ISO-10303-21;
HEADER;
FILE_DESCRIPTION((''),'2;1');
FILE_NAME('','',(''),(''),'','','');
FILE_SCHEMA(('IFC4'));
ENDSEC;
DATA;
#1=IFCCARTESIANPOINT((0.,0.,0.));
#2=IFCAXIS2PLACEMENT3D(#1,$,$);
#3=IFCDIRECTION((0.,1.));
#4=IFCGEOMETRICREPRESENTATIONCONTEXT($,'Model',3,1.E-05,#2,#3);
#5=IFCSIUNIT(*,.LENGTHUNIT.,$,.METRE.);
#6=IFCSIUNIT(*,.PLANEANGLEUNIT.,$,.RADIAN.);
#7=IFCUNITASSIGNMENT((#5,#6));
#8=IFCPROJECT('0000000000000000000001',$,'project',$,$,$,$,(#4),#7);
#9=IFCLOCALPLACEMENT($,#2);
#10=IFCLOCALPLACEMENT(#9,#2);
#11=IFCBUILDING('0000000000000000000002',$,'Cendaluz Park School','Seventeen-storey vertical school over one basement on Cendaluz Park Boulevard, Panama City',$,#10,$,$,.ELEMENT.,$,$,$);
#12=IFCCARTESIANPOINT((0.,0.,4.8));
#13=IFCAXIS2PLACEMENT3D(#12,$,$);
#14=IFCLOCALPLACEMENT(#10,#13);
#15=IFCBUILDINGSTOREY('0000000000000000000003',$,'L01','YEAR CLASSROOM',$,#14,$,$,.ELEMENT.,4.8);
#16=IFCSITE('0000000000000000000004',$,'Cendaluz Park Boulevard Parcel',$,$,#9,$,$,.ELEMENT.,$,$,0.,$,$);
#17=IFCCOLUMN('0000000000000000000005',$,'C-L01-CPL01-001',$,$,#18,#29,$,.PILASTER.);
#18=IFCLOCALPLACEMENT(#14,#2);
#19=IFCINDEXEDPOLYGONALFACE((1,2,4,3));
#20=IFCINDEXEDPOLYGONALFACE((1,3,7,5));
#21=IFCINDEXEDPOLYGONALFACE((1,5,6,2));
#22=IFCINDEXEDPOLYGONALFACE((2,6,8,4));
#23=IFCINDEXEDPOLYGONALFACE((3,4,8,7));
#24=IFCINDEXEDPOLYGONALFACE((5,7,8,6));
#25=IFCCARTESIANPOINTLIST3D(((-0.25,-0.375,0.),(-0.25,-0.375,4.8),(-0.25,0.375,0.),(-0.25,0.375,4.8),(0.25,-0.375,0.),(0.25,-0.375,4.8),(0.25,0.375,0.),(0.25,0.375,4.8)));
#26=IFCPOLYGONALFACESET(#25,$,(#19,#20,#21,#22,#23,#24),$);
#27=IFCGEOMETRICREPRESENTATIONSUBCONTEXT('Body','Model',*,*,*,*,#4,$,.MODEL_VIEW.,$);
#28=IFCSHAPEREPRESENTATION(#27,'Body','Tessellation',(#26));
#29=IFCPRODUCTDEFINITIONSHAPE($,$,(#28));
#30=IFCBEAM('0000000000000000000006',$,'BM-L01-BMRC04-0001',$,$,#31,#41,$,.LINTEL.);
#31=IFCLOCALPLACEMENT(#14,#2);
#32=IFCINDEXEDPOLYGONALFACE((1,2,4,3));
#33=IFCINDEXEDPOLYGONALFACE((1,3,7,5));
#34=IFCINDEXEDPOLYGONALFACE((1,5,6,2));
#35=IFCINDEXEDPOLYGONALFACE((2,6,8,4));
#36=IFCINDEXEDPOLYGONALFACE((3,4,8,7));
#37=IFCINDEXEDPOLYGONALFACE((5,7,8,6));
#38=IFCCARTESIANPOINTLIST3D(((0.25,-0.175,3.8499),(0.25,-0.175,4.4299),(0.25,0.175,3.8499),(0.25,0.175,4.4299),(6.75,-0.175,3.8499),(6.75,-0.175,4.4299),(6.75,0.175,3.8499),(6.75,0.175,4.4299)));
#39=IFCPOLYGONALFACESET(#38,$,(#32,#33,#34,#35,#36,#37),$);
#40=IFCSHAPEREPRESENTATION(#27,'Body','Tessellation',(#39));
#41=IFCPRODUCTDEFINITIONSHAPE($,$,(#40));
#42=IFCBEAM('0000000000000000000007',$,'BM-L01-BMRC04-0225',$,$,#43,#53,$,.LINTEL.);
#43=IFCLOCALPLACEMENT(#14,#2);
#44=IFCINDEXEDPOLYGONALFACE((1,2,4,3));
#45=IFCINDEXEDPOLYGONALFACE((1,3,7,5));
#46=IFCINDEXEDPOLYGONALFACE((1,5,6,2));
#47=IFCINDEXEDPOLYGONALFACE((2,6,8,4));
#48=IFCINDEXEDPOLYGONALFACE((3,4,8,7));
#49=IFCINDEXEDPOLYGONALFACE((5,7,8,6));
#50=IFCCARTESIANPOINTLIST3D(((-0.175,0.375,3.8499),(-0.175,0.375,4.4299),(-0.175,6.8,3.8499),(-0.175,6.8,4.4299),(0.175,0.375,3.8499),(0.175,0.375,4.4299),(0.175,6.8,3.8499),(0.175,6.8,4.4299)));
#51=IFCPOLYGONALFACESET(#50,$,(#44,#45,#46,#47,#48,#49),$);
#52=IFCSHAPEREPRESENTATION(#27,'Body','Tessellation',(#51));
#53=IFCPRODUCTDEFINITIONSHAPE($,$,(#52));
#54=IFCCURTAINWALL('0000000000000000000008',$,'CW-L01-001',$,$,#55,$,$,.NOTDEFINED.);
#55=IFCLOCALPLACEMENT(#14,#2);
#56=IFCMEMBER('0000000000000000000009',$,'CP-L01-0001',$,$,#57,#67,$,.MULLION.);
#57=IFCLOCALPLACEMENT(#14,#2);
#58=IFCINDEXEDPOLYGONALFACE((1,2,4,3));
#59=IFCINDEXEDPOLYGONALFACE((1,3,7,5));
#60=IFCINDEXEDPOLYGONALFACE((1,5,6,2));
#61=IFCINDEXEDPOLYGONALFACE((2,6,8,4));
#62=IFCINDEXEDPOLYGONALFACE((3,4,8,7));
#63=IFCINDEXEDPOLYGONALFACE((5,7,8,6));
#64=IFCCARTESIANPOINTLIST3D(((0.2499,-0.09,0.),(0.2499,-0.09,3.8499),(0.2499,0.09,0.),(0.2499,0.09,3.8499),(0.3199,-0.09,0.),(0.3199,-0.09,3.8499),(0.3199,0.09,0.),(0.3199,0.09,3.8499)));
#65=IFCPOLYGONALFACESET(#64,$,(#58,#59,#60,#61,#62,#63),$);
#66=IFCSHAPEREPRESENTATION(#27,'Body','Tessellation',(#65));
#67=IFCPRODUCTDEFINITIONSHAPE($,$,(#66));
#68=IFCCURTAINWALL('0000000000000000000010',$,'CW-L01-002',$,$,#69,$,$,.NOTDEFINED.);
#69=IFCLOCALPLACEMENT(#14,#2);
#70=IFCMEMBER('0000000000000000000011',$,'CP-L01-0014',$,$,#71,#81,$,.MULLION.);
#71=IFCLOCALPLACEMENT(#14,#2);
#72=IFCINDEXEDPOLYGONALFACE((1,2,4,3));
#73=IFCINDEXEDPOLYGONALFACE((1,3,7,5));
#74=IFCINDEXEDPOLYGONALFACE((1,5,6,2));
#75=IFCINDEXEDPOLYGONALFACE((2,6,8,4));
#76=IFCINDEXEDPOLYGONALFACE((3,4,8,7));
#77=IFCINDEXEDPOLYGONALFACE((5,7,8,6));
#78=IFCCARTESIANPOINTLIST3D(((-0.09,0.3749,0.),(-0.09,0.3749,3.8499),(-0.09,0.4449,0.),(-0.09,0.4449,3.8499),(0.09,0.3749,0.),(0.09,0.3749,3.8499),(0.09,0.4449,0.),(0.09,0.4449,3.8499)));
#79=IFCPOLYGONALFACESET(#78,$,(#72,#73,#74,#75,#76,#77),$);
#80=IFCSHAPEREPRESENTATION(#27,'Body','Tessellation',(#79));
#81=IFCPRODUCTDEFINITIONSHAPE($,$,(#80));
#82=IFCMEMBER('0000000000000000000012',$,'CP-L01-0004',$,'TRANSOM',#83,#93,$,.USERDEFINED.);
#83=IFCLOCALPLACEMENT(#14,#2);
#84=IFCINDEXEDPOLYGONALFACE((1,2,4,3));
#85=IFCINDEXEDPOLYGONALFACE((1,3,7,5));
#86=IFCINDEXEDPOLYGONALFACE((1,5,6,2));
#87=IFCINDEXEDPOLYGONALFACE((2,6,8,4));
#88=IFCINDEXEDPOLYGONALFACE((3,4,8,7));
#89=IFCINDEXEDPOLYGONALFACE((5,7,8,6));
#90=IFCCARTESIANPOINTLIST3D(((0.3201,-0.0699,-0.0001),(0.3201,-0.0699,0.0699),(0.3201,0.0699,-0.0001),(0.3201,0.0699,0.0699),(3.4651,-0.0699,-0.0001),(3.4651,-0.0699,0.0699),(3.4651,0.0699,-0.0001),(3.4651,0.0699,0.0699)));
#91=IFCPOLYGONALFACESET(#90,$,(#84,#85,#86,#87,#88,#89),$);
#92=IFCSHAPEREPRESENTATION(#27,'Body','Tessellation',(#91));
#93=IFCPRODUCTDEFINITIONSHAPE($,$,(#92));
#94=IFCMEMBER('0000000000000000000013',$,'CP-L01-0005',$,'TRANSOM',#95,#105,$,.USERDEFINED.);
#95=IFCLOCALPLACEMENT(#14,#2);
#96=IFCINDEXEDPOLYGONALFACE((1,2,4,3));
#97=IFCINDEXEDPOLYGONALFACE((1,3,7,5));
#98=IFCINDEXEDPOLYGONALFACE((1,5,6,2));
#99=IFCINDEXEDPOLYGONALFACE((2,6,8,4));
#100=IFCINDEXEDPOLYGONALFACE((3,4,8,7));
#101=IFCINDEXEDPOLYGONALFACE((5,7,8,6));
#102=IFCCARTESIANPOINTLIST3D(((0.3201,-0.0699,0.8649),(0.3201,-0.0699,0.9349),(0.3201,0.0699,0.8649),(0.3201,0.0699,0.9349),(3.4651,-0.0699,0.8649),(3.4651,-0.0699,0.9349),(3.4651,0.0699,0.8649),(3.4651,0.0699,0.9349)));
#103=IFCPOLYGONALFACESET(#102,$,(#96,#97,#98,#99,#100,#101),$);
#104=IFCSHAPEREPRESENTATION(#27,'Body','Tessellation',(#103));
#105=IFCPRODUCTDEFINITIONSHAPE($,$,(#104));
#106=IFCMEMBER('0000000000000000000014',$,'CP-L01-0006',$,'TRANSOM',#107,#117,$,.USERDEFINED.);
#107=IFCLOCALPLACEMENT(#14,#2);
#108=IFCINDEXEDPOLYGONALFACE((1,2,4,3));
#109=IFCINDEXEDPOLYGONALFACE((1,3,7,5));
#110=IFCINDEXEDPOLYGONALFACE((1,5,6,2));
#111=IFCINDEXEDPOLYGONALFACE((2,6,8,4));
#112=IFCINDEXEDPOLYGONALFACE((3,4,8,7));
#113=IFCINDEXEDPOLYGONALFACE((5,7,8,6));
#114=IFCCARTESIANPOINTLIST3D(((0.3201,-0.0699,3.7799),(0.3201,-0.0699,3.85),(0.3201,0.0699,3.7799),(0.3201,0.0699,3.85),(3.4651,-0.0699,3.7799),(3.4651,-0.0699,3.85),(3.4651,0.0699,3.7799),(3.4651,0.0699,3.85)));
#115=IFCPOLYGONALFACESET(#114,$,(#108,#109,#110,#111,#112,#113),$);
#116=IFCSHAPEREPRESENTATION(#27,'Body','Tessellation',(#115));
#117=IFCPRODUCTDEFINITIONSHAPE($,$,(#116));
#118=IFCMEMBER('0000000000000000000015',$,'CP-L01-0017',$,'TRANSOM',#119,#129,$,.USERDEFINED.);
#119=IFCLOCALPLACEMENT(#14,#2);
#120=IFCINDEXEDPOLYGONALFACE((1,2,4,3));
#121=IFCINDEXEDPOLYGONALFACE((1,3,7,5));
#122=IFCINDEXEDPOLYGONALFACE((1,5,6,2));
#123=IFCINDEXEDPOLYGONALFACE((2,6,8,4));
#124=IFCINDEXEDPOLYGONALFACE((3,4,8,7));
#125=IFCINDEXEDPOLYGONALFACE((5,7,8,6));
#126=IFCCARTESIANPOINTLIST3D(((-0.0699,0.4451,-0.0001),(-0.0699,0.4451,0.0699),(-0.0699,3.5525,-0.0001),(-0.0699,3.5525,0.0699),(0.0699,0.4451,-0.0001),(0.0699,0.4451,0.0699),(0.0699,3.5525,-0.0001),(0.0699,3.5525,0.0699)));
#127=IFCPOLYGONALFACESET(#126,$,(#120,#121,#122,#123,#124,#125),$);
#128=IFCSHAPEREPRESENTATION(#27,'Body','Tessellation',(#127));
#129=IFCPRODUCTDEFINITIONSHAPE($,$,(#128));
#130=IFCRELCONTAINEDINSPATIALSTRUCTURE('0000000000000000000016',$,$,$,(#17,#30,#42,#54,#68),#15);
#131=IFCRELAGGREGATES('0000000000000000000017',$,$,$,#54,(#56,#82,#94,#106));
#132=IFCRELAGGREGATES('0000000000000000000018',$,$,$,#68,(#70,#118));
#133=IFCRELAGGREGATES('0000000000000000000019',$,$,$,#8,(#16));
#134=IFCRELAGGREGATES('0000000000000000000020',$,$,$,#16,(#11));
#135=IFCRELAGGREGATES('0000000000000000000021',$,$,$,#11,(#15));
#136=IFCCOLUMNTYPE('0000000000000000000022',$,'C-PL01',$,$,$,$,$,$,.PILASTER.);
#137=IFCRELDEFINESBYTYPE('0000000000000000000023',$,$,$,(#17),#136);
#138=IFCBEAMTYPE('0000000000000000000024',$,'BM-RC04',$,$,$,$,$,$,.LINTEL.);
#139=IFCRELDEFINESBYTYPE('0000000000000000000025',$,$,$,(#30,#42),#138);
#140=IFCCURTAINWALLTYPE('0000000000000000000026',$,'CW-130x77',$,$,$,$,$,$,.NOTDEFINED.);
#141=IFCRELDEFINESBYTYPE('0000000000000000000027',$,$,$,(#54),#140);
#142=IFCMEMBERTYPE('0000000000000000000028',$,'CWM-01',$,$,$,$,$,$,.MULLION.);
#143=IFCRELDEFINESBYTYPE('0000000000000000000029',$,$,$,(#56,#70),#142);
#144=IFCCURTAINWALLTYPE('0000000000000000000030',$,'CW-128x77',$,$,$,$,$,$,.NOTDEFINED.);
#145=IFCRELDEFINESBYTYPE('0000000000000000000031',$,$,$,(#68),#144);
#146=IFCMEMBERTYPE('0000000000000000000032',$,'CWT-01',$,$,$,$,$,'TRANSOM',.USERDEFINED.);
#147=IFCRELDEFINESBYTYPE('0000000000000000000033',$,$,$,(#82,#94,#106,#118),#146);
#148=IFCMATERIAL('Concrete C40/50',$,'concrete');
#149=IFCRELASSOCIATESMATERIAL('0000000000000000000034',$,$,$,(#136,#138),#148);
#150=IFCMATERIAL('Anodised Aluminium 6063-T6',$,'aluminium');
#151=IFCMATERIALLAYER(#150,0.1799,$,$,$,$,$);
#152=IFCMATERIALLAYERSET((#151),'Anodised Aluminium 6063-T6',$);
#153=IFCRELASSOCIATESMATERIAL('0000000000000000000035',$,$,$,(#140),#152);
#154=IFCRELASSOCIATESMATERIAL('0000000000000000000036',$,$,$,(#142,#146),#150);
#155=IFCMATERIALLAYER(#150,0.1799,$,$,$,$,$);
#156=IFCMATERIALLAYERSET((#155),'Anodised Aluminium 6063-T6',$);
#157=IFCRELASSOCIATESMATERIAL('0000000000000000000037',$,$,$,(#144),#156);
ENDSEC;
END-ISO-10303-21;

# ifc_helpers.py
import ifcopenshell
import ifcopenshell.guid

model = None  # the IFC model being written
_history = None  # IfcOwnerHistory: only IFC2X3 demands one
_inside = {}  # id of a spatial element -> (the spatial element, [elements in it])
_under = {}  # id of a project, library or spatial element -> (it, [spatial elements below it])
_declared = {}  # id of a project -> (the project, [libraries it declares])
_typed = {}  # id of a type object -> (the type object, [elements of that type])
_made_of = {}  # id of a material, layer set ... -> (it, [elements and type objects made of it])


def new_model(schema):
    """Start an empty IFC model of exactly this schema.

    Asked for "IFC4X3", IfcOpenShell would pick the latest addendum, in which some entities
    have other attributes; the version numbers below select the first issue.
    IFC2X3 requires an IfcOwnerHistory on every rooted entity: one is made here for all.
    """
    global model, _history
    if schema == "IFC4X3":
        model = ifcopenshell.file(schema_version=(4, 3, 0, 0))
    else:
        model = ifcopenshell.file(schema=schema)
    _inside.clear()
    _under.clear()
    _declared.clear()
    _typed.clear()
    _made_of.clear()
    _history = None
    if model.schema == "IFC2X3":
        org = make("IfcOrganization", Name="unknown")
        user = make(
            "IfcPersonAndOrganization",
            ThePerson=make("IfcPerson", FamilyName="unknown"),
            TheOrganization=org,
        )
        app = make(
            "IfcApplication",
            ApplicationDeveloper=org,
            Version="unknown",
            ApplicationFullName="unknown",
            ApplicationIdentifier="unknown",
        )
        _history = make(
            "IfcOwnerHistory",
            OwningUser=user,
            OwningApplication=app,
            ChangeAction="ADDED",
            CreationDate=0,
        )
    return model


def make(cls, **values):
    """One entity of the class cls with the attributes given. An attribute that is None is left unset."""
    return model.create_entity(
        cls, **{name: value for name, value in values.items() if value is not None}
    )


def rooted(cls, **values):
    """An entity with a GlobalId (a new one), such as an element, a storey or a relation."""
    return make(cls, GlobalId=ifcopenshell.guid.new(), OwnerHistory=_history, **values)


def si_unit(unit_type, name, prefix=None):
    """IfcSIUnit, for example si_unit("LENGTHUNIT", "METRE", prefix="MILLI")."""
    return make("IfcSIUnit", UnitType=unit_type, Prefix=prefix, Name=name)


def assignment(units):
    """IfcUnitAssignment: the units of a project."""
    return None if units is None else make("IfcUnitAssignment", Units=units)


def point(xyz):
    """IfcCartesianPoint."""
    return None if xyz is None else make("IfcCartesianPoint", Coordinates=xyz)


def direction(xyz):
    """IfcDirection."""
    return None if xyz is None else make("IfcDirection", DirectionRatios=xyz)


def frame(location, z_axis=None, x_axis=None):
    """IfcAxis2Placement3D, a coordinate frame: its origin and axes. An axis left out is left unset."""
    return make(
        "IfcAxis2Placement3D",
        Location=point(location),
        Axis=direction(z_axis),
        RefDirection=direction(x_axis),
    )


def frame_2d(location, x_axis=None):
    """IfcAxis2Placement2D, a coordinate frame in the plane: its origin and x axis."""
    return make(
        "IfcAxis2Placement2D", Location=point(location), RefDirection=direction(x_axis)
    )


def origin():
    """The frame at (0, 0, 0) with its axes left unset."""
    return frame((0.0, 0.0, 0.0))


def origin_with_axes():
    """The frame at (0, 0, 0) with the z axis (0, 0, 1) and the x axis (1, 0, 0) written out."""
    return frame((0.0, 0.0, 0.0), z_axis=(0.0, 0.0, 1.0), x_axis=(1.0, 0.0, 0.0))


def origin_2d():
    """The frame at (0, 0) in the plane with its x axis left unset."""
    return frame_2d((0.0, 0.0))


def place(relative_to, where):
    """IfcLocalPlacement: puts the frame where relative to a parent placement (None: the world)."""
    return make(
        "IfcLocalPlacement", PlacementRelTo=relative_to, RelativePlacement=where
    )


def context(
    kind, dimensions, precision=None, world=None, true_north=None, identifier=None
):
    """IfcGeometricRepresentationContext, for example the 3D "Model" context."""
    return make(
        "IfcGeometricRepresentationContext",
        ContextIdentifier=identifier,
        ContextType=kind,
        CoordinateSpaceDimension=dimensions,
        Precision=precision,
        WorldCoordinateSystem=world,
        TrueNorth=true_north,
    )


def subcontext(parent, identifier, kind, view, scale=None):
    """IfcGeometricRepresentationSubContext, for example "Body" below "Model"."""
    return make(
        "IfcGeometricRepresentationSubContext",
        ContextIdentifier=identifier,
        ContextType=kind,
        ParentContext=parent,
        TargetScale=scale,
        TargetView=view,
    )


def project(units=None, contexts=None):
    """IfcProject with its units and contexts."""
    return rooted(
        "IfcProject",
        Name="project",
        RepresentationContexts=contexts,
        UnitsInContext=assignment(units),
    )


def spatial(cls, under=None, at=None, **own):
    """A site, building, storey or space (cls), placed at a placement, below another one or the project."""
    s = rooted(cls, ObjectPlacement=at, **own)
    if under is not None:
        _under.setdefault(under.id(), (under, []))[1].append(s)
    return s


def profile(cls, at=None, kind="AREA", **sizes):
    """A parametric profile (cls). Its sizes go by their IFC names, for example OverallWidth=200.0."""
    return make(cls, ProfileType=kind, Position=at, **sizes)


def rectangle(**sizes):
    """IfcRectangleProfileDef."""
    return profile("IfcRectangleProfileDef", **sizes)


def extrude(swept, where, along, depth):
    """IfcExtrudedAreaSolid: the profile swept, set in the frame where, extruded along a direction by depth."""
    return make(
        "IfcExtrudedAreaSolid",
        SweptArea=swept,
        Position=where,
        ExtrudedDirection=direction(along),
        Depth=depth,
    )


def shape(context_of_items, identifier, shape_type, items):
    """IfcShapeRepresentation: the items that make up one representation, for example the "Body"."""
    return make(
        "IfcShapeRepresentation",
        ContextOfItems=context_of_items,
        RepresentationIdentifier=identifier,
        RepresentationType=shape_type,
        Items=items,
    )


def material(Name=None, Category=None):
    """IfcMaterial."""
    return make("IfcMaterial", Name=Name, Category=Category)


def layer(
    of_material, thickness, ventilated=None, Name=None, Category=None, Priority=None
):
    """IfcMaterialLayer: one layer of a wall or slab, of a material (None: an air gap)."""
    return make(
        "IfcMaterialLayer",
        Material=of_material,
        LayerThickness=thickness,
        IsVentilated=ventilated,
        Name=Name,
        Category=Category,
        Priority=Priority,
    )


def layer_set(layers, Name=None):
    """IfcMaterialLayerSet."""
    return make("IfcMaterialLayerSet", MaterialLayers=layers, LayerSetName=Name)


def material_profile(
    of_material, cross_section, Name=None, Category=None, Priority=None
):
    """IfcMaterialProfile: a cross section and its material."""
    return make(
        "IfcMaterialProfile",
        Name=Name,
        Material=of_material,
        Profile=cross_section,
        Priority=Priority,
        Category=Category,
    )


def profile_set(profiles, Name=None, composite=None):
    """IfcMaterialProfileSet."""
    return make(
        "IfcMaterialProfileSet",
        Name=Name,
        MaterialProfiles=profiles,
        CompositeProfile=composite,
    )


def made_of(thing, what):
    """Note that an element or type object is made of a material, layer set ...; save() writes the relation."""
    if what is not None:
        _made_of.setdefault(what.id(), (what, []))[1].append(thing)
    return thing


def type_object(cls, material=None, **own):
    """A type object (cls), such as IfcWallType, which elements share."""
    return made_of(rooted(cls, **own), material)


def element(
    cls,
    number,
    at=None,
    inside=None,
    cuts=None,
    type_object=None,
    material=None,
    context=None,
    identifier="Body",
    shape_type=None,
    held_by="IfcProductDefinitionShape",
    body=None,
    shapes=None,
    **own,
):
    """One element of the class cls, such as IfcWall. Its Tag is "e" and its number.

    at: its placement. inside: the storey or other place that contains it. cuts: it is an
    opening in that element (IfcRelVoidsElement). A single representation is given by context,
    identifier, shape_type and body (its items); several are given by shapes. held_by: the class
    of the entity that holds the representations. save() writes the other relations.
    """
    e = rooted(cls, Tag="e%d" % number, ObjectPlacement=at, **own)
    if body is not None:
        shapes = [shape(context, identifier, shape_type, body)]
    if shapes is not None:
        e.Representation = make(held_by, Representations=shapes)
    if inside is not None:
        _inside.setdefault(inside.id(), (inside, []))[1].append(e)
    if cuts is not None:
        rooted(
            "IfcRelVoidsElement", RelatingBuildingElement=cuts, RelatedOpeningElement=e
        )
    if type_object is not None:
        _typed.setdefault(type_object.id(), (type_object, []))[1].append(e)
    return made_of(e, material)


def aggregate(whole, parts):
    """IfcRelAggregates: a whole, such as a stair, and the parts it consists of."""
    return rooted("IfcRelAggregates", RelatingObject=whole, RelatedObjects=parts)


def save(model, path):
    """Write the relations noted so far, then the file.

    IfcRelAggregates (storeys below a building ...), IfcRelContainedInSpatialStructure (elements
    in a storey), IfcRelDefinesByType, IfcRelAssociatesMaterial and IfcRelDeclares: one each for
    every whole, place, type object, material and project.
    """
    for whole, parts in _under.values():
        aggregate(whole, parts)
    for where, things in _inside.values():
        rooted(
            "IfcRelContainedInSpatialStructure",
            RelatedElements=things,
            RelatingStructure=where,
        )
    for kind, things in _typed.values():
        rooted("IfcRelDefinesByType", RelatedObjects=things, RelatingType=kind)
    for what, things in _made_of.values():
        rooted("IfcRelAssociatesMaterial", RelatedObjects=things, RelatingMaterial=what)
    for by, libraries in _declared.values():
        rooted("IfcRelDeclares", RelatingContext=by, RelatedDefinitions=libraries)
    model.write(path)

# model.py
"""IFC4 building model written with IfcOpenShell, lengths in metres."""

from ifc_helpers import new_model, si_unit, direction, frame, origin, origin_with_axes, origin_2d, place, context, subcontext, project, spatial, rectangle, extrude, material, layer, layer_set, material_profile, profile_set, type_object, element, aggregate, save


model = new_model("IFC4")

# Units and contexts
model_context = context("Model", 3, precision=1e-05, world=origin(), true_north=direction((0.0, 1.0)))
body_context = subcontext(model_context, "Body", "Model", "MODEL_VIEW")
ifc_project = project(units=[si_unit("LENGTHUNIT", "METRE"), si_unit("PLANEANGLEUNIT", "RADIAN")], contexts=[model_context])

# Site, building, storey
site_placement = place(None, origin())
site = spatial("IfcSite", under=ifc_project, at=site_placement, Name="Cendaluz Park Boulevard Parcel", CompositionType="ELEMENT", RefElevation=0.0)
building_placement = place(site_placement, origin())
building = spatial("IfcBuilding", under=site, at=building_placement, Name="Cendaluz Park School", Description="Seventeen-storey vertical school over one basement on Cendaluz Park Boulevard, Panama City", CompositionType="ELEMENT")
storey_placement = place(building_placement, frame((0.0, 0.0, 4.8)))
storey = spatial("IfcBuildingStorey", under=building, at=storey_placement, Name="L01", Description="YEAR CLASSROOM", CompositionType="ELEMENT", Elevation=4.8)

# Column
ifc_material_1 = material(Name="Concrete C40/50", Category="concrete")
ifc_material_profile_1 = material_profile(ifc_material_1, rectangle(XDim=0.5, YDim=0.75, at=origin_2d()), Name="RC 500x750", Category="concrete")
ifc_profile_set_1 = profile_set([ifc_material_profile_1], Name="Concrete C40/50")
column_type = type_object("IfcColumnType", Name="C-PL01", PredefinedType="PILASTER", material=ifc_profile_set_1)
column_placement = place(storey_placement, origin_with_axes())
element("IfcColumn", 1, at=column_placement, inside=storey, type_object=column_type, Name="C-L01-CPL01-001", PredefinedType="PILASTER", context=body_context, shape_type="SweptSolid", body=[
    extrude(rectangle(XDim=0.5, YDim=0.75, at=origin_2d()), origin(), (0.0, 0.0, 1.0), 4.8),
])

# Beams
ifc_material_profile_2 = material_profile(ifc_material_1, rectangle(XDim=0.3501, YDim=0.5801, at=origin_2d()), Name="RC 350x580", Category="concrete")
ifc_profile_set_2 = profile_set([ifc_material_profile_2], Name="Concrete C40/50")
beam_type = type_object("IfcBeamType", Name="BM-RC04", PredefinedType="LINTEL", material=ifc_profile_set_2)
beam_1_placement = place(storey_placement, frame((0.25, 0.0, 4.1399), z_axis=(1.0, 0.0, 0.0), x_axis=(0.0, 1.0, 0.0)))
element("IfcBeam", 2, at=beam_1_placement, inside=storey, type_object=beam_type, Name="BM-L01-BMRC04-0001", PredefinedType="LINTEL", context=body_context, shape_type="SweptSolid", body=[
    extrude(rectangle(XDim=0.3501, YDim=0.5801, at=origin_2d()), origin(), (0.0, 0.0, 1.0), 6.5),
])
beam_2_placement = place(storey_placement, frame((0.0, 0.375, 4.1399), z_axis=(0.0, 1.0, 0.0), x_axis=(-1.0, 0.0, 0.0)))
element("IfcBeam", 3, at=beam_2_placement, inside=storey, type_object=beam_type, Name="BM-L01-BMRC04-0225", PredefinedType="LINTEL", context=body_context, shape_type="SweptSolid", body=[
    extrude(rectangle(XDim=0.3501, YDim=0.5801, at=origin_2d()), origin(), (0.0, 0.0, 1.0), 6.425),
])

# Curtain walls, members
ifc_material_2 = material(Name="Anodised Aluminium 6063-T6", Category="aluminium")
ifc_layer_1 = layer(ifc_material_2, 0.1799)
ifc_layer_set_1 = layer_set([ifc_layer_1], Name="Anodised Aluminium 6063-T6")
curtain_wall_type_1 = type_object("IfcCurtainWallType", Name="CW-130x77", PredefinedType="NOTDEFINED", material=ifc_layer_set_1)
curtain_wall_1_placement = place(storey_placement, origin())
curtain_wall_1 = element("IfcCurtainWall", 4, at=curtain_wall_1_placement, inside=storey, type_object=curtain_wall_type_1, Name="CW-L01-001", PredefinedType="NOTDEFINED")
ifc_material_profile_3 = material_profile(ifc_material_2, rectangle(XDim=0.1799, YDim=0.0701, at=origin_2d()), Name="CWM 180x70", Category="aluminium")
ifc_profile_set_3 = profile_set([ifc_material_profile_3], Name="Anodised Aluminium 6063-T6")
member_type_1 = type_object("IfcMemberType", Name="CWM-01", PredefinedType="MULLION", material=ifc_profile_set_3)
member_1_placement = place(storey_placement, frame((0.2849, 0.0, 0.0), z_axis=(0.0, 0.0, 1.0), x_axis=(0.0, 1.0, 0.0)))
member_1 = element("IfcMember", 5, at=member_1_placement, type_object=member_type_1, Name="CP-L01-0001", PredefinedType="MULLION", context=body_context, shape_type="SweptSolid", body=[
    extrude(rectangle(XDim=0.1799, YDim=0.0701, at=origin_2d()), origin(), (0.0, 0.0, 1.0), 3.8499),
])
ifc_layer_2 = layer(ifc_material_2, 0.1799)
ifc_layer_set_2 = layer_set([ifc_layer_2], Name="Anodised Aluminium 6063-T6")
curtain_wall_type_2 = type_object("IfcCurtainWallType", Name="CW-128x77", PredefinedType="NOTDEFINED", material=ifc_layer_set_2)
curtain_wall_2_placement = place(storey_placement, origin())
curtain_wall_2 = element("IfcCurtainWall", 6, at=curtain_wall_2_placement, inside=storey, type_object=curtain_wall_type_2, Name="CW-L01-002", PredefinedType="NOTDEFINED")
member_2_placement = place(storey_placement, frame((0.0, 0.4099, 0.0), z_axis=(0.0, 0.0, 1.0), x_axis=(-1.0, 0.0, 0.0)))
member_2 = element("IfcMember", 7, at=member_2_placement, type_object=member_type_1, Name="CP-L01-0014", PredefinedType="MULLION", context=body_context, shape_type="SweptSolid", body=[
    extrude(rectangle(XDim=0.1799, YDim=0.0701, at=origin_2d()), origin(), (0.0, 0.0, 1.0), 3.8499),
])

# Members
ifc_material_profile_4 = material_profile(ifc_material_2, rectangle(XDim=0.1399, YDim=0.0701, at=origin_2d()), Name="CWT 140x70", Category="aluminium")
ifc_profile_set_4 = profile_set([ifc_material_profile_4], Name="Anodised Aluminium 6063-T6")
member_type_2 = type_object("IfcMemberType", Name="CWT-01", ElementType="TRANSOM", PredefinedType="USERDEFINED", material=ifc_profile_set_4)
member_3_placement = place(storey_placement, frame((0.3201, 0.0, 0.0349), z_axis=(1.0, 0.0, 0.0), x_axis=(0.0, 1.0, 0.0)))
member_3 = element("IfcMember", 8, at=member_3_placement, type_object=member_type_2, Name="CP-L01-0004", ObjectType="TRANSOM", PredefinedType="USERDEFINED", context=body_context, shape_type="SweptSolid", body=[
    extrude(rectangle(XDim=0.1399, YDim=0.0701, at=origin_2d()), origin(), (0.0, 0.0, 1.0), 3.145),
])
member_4_placement = place(storey_placement, frame((0.3201, 0.0, 0.8999), z_axis=(1.0, 0.0, 0.0), x_axis=(0.0, 1.0, 0.0)))
member_4 = element("IfcMember", 9, at=member_4_placement, type_object=member_type_2, Name="CP-L01-0005", ObjectType="TRANSOM", PredefinedType="USERDEFINED", context=body_context, shape_type="SweptSolid", body=[
    extrude(rectangle(XDim=0.1399, YDim=0.0701, at=origin_2d()), origin(), (0.0, 0.0, 1.0), 3.145),
])
member_5_placement = place(storey_placement, frame((0.3201, 0.0, 3.8149), z_axis=(1.0, 0.0, 0.0), x_axis=(0.0, 1.0, 0.0)))
member_5 = element("IfcMember", 10, at=member_5_placement, type_object=member_type_2, Name="CP-L01-0006", ObjectType="TRANSOM", PredefinedType="USERDEFINED", context=body_context, shape_type="SweptSolid", body=[
    extrude(rectangle(XDim=0.1399, YDim=0.0701, at=origin_2d()), origin(), (0.0, 0.0, 1.0), 3.145),
])
aggregate(curtain_wall_1, [member_1, member_3, member_4, member_5])
member_6_placement = place(storey_placement, frame((0.0, 0.4451, 0.0349), z_axis=(0.0, 1.0, 0.0), x_axis=(-1.0, 0.0, 0.0)))
member_6 = element("IfcMember", 11, at=member_6_placement, type_object=member_type_2, Name="CP-L01-0017", ObjectType="TRANSOM", PredefinedType="USERDEFINED", context=body_context, shape_type="SweptSolid", body=[
    extrude(rectangle(XDim=0.1399, YDim=0.0701, at=origin_2d()), origin(), (0.0, 0.0, 1.0), 3.1074),
])
aggregate(curtain_wall_2, [member_2, member_6])

save(model, "model.ifc")
